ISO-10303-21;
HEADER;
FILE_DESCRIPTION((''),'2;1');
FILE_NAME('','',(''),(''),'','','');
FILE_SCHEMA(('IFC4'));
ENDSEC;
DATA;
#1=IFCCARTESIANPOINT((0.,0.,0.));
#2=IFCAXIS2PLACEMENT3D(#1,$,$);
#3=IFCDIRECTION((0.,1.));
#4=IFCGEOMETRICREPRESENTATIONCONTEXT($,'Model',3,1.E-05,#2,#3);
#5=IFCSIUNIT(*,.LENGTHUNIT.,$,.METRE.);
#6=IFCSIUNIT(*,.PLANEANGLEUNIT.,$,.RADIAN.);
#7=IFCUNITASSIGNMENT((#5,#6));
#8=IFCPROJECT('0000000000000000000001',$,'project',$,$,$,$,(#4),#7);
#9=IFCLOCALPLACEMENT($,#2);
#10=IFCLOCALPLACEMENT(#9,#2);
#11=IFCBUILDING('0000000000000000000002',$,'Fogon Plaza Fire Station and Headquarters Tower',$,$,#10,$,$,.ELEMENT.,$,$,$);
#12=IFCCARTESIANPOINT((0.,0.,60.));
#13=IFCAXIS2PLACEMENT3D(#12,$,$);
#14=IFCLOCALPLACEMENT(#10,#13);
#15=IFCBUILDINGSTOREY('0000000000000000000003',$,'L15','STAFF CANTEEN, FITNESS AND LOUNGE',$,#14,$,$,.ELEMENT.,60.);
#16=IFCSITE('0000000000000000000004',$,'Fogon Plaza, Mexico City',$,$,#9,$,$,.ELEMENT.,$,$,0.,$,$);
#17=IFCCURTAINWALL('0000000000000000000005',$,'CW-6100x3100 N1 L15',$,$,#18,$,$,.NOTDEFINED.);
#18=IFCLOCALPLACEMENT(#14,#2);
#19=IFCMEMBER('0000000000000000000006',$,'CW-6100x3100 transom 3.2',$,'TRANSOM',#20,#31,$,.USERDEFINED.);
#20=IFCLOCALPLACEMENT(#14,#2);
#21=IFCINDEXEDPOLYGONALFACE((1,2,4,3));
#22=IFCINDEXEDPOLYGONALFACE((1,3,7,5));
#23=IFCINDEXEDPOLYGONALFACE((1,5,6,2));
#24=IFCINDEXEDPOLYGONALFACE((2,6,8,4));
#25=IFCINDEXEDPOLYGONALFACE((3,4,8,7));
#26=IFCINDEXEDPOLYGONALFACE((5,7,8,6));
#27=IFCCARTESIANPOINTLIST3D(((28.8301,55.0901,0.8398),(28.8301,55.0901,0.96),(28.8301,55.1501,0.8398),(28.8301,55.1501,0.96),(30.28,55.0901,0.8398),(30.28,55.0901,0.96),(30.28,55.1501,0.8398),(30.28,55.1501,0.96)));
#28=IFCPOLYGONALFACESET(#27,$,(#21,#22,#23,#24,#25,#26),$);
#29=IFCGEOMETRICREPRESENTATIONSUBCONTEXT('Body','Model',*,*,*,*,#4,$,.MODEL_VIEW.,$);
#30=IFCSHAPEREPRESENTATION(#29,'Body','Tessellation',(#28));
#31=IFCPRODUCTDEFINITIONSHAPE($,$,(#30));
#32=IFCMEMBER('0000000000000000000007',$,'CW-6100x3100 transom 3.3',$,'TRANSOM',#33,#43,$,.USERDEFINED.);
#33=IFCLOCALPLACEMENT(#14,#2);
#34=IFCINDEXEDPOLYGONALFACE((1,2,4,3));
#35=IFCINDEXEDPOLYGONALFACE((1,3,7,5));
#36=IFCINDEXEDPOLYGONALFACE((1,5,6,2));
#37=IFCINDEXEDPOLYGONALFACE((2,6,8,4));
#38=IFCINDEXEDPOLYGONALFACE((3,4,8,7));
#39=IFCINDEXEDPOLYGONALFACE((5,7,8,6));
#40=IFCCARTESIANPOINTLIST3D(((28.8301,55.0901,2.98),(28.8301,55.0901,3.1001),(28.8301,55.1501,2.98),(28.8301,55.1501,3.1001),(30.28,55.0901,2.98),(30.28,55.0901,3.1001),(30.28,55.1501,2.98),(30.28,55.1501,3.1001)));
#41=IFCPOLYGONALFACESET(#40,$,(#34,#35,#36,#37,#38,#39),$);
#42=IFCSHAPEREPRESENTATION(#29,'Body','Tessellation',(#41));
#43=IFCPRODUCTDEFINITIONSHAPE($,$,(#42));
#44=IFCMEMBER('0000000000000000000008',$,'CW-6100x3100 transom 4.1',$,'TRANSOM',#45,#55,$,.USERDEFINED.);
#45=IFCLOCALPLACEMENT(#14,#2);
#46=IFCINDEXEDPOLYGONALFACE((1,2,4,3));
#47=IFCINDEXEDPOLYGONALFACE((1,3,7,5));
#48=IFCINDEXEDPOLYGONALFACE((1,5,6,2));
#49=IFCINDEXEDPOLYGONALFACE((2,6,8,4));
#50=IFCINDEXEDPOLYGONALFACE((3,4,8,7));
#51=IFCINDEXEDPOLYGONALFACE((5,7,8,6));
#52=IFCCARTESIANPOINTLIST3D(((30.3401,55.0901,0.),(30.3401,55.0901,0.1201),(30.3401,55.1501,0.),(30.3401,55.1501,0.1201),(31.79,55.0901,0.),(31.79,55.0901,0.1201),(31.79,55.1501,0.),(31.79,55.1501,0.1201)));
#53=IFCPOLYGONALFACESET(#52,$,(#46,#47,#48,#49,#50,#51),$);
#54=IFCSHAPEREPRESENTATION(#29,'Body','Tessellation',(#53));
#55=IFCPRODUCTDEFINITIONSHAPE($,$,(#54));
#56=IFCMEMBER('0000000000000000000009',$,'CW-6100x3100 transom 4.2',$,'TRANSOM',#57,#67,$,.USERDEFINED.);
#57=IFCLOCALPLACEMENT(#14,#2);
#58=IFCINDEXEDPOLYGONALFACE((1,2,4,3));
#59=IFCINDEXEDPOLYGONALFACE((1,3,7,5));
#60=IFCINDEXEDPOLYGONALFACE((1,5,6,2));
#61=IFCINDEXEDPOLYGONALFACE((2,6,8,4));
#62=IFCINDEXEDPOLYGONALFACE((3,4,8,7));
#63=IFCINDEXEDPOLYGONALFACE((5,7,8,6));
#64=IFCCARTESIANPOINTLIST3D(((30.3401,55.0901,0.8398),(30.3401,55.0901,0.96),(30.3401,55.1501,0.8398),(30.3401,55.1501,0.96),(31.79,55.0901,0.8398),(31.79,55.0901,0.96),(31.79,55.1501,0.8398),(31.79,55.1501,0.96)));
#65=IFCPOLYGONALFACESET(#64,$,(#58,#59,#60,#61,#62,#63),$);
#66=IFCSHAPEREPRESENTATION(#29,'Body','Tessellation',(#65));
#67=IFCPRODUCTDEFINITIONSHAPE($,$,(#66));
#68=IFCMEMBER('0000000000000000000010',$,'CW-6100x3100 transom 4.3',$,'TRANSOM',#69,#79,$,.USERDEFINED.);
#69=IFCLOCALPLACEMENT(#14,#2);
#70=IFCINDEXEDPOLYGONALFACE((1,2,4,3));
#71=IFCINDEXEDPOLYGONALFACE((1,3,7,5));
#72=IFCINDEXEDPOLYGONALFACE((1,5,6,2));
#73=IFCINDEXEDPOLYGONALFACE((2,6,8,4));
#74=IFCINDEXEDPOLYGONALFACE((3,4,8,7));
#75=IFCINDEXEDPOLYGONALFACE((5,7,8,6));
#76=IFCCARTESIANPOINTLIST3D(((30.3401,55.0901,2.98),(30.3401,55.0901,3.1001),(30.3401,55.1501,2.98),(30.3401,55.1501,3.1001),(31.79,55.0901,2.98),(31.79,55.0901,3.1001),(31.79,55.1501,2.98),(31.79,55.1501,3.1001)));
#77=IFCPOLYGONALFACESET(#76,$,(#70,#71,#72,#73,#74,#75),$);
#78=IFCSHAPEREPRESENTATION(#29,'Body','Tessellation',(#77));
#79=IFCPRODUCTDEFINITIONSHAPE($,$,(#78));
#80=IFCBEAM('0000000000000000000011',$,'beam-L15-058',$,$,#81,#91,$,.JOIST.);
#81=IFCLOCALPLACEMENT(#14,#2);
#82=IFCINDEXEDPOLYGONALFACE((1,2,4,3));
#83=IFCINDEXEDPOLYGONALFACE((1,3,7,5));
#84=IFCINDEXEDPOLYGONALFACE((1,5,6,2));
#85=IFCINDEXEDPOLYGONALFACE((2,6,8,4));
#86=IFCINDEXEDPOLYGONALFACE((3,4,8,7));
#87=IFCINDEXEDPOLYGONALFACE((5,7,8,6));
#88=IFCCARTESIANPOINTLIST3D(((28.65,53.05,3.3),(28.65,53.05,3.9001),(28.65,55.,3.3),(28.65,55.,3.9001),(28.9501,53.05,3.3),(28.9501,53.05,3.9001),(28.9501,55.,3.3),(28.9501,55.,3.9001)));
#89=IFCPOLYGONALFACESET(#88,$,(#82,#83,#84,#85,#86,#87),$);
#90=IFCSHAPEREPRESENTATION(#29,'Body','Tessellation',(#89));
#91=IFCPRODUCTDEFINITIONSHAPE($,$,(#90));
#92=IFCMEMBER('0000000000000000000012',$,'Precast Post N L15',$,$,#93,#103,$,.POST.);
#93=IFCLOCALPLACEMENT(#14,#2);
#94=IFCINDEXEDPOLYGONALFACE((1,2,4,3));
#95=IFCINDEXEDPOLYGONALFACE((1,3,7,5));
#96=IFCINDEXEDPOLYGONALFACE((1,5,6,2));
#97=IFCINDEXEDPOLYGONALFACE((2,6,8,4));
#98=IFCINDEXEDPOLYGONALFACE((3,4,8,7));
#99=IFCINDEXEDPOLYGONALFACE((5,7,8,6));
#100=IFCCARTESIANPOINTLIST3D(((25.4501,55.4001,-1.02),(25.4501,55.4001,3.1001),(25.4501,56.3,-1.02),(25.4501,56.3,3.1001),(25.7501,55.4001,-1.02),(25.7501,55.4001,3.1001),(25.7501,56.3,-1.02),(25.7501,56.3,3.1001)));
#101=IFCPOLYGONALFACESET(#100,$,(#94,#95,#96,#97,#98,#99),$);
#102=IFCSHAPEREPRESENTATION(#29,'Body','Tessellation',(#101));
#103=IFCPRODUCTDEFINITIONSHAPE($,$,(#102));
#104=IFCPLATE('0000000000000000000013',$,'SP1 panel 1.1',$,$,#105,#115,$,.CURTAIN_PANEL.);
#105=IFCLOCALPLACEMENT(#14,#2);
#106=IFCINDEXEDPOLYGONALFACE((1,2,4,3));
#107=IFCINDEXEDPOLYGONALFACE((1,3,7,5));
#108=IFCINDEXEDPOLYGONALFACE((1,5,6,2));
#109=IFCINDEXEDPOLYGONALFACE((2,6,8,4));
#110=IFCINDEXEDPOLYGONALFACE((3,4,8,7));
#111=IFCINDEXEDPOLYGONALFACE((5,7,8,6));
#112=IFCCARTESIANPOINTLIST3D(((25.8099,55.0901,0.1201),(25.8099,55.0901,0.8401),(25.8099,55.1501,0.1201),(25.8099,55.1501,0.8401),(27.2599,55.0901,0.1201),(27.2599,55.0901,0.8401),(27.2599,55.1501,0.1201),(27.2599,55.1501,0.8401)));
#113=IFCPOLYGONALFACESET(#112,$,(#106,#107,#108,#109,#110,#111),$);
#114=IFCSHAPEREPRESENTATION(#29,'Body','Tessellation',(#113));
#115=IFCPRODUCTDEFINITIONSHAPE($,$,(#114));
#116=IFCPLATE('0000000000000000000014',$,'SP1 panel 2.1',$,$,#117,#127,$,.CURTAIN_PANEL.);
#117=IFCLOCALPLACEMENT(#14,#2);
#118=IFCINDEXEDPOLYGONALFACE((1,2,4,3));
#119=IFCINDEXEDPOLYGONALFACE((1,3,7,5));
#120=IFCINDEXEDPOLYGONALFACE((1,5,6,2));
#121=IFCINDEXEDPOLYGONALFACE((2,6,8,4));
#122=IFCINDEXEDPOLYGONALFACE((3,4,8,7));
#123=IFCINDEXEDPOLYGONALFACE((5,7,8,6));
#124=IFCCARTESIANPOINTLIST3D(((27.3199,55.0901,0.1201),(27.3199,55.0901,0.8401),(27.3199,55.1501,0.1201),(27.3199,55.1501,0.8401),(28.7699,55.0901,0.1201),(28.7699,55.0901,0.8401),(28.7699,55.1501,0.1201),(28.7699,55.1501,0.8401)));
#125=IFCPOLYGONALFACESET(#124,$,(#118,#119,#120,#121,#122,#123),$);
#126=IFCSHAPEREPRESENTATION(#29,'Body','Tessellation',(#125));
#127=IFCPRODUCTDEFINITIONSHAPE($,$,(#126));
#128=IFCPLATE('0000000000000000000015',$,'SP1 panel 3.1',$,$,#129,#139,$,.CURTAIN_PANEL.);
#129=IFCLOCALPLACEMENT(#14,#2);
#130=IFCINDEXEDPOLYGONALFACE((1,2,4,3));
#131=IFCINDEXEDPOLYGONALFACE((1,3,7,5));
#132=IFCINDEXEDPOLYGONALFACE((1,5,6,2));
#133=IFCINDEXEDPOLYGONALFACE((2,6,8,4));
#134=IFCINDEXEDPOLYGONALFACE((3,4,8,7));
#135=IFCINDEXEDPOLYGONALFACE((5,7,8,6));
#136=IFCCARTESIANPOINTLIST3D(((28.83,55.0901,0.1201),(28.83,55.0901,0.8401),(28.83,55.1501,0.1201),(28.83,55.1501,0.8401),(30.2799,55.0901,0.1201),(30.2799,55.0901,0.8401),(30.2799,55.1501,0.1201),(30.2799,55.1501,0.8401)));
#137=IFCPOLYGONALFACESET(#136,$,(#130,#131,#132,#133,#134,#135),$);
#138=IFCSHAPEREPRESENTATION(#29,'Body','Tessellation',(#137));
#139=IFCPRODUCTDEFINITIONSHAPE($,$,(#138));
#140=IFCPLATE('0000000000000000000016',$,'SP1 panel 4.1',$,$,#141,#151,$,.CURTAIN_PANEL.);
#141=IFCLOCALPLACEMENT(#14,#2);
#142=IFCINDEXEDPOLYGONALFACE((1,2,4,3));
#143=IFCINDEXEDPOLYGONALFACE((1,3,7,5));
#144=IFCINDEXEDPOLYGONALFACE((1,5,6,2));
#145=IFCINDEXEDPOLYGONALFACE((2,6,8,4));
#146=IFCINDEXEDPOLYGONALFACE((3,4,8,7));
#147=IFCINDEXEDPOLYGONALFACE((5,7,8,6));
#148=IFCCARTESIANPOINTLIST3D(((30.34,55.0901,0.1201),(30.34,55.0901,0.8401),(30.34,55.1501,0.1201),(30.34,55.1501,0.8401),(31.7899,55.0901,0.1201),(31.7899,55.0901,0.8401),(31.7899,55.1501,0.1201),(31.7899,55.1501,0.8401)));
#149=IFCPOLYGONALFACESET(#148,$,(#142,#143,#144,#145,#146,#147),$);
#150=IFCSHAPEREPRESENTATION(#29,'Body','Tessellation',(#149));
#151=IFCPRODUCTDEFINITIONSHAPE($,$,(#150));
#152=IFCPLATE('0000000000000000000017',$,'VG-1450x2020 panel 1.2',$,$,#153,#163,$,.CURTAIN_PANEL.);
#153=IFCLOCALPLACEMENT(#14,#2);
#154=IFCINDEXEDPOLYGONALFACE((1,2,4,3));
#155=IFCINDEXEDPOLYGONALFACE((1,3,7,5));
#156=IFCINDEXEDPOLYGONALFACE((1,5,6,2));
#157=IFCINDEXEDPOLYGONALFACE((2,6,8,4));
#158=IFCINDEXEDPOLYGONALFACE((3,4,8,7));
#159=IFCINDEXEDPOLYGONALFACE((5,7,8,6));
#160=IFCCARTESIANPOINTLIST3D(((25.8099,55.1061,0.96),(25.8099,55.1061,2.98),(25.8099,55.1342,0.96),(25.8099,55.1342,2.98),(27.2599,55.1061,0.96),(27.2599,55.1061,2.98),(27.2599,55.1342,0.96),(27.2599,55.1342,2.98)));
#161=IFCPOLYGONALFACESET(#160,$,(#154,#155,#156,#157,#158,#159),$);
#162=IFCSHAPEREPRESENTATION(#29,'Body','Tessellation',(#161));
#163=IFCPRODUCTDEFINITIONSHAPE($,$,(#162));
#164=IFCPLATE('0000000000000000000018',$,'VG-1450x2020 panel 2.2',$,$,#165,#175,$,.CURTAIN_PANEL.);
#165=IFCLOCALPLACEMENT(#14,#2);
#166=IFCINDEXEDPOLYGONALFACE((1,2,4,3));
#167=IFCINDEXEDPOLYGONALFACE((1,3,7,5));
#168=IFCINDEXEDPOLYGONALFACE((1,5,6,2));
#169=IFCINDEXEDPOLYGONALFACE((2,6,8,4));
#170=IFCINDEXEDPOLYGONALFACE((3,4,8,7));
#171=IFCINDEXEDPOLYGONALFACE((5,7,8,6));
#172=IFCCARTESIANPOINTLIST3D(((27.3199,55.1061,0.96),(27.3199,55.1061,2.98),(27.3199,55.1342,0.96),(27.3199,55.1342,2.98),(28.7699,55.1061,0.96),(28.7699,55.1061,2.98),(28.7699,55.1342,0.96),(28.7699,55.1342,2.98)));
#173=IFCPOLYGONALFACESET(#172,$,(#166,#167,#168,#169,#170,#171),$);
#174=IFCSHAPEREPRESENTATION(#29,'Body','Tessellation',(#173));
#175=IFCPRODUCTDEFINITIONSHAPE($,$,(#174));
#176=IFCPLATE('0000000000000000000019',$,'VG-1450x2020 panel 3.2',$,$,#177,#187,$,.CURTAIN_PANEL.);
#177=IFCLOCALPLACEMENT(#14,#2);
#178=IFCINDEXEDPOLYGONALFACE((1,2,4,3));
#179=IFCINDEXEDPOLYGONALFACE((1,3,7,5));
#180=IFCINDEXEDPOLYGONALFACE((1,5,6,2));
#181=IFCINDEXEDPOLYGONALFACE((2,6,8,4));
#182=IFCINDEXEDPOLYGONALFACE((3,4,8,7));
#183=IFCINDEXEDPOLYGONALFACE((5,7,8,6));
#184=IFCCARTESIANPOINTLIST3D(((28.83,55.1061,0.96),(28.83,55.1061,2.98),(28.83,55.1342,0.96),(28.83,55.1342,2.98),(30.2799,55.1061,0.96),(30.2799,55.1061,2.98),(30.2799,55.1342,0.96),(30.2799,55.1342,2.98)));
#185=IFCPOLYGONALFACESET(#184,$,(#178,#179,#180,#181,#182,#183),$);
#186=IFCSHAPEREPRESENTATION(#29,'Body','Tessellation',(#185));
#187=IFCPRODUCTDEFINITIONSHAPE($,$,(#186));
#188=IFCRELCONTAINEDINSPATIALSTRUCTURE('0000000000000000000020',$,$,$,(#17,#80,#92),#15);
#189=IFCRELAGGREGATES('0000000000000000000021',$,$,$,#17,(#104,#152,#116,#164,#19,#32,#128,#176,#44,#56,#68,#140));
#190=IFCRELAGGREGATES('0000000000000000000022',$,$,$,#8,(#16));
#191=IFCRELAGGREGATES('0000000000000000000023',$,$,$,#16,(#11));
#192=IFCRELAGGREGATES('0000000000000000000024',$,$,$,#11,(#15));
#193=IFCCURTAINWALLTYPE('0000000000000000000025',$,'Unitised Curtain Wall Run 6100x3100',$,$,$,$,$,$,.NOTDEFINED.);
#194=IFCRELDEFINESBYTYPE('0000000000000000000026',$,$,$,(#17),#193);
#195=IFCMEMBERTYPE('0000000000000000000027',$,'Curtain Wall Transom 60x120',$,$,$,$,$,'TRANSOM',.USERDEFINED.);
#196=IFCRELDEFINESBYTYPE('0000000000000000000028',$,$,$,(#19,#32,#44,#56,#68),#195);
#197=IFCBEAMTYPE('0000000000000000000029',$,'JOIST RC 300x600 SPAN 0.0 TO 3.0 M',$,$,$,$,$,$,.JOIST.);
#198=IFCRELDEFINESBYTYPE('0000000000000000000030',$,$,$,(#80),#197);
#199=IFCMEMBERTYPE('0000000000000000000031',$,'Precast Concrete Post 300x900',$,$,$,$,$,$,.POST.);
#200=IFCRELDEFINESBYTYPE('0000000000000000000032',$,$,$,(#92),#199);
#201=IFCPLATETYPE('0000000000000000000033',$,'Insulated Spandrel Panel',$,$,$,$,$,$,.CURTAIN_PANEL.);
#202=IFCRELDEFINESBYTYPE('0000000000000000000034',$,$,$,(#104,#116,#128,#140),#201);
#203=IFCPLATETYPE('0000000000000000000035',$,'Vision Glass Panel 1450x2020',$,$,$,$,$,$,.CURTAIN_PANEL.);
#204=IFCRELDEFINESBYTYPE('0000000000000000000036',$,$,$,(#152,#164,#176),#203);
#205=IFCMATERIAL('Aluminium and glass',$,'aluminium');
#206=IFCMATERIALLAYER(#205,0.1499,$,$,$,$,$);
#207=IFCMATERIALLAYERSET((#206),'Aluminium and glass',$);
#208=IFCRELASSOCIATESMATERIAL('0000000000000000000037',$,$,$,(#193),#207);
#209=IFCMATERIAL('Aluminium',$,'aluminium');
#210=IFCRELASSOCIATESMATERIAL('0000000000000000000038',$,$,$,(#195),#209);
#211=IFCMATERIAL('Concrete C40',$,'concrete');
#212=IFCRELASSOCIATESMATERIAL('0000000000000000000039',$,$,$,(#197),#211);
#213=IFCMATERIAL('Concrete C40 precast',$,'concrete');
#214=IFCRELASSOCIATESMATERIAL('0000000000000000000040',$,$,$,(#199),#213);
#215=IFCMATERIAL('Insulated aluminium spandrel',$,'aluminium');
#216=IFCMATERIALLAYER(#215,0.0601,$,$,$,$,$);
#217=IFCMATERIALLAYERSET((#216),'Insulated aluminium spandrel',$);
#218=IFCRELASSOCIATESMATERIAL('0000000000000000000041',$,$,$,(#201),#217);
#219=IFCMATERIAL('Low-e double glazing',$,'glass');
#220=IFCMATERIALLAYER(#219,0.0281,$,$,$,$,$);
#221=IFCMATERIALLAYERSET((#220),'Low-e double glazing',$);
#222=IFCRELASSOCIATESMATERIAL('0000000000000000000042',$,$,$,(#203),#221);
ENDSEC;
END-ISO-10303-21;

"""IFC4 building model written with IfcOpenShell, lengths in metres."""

from ifc_helpers import new_model, si_unit, direction, frame, origin, origin_2d, place, context, subcontext, project, spatial, rectangle, extrude, material, layer, layer_set, material_profile, profile_set, type_object, element, aggregate, save


model = new_model("IFC4")

# Units and contexts
model_context = context("Model", 3, precision=1e-05, world=origin(), true_north=direction((0.0, 1.0)))
body_context = subcontext(model_context, "Body", "Model", "MODEL_VIEW")
ifc_project = project(units=[si_unit("LENGTHUNIT", "METRE"), si_unit("PLANEANGLEUNIT", "RADIAN")], contexts=[model_context])

# Site, building, storey
site_placement = place(None, origin())
site = spatial("IfcSite", under=ifc_project, at=site_placement, Name="Fogon Plaza, Mexico City", CompositionType="ELEMENT", RefElevation=0.0)
building_placement = place(site_placement, origin())
building = spatial("IfcBuilding", under=site, at=building_placement, Name="Fogon Plaza Fire Station and Headquarters Tower", CompositionType="ELEMENT")
storey_placement = place(building_placement, frame((0.0, 0.0, 60.0)))
storey = spatial("IfcBuildingStorey", under=building, at=storey_placement, Name="L15", Description="STAFF CANTEEN, FITNESS AND LOUNGE", CompositionType="ELEMENT", Elevation=60.0)

# Curtain wall, members
ifc_material_1 = material(Name="Aluminium and glass", Category="aluminium")
ifc_layer_1 = layer(ifc_material_1, 0.1499)
ifc_layer_set_1 = layer_set([ifc_layer_1], Name="Aluminium and glass")
curtain_wall_type = type_object("IfcCurtainWallType", Name="Unitised Curtain Wall Run 6100x3100", PredefinedType="NOTDEFINED", material=ifc_layer_set_1)
curtain_wall_placement = place(storey_placement, origin())
curtain_wall = element("IfcCurtainWall", 1, at=curtain_wall_placement, inside=storey, type_object=curtain_wall_type, Name="CW-6100x3100 N1 L15", PredefinedType="NOTDEFINED")
ifc_material_2 = material(Name="Aluminium", Category="aluminium")
ifc_material_profile_1 = material_profile(ifc_material_2, rectangle(XDim=0.0601, YDim=0.1201, at=origin_2d()), Name="Curtain Wall Transom 60x120")
ifc_profile_set_1 = profile_set([ifc_material_profile_1], Name="Aluminium")
member_type_1 = type_object("IfcMemberType", Name="Curtain Wall Transom 60x120", ElementType="TRANSOM", PredefinedType="USERDEFINED", material=ifc_profile_set_1)
member_1_placement = place(storey_placement, frame((28.8301, 55.1201, 0.8999), z_axis=(1.0, 0.0, 0.0), x_axis=(0.0, 1.0, 0.0)))
member_1 = element("IfcMember", 2, at=member_1_placement, type_object=member_type_1, Name="CW-6100x3100 transom 3.2", ObjectType="TRANSOM", PredefinedType="USERDEFINED", context=body_context, shape_type="SweptSolid", body=[
    extrude(rectangle(XDim=0.0601, YDim=0.1201, at=origin_2d()), origin(), (0.0, 0.0, 1.0), 1.45),
])
member_2_placement = place(storey_placement, frame((28.8301, 55.1201, 3.04), z_axis=(1.0, 0.0, 0.0), x_axis=(0.0, 1.0, 0.0)))
member_2 = element("IfcMember", 3, at=member_2_placement, type_object=member_type_1, Name="CW-6100x3100 transom 3.3", ObjectType="TRANSOM", PredefinedType="USERDEFINED", context=body_context, shape_type="SweptSolid", body=[
    extrude(rectangle(XDim=0.0601, YDim=0.1201, at=origin_2d()), origin(), (0.0, 0.0, 1.0), 1.45),
])
member_3_placement = place(storey_placement, frame((30.3401, 55.1201, 0.0601), z_axis=(1.0, 0.0, 0.0), x_axis=(0.0, 1.0, 0.0)))
member_3 = element("IfcMember", 4, at=member_3_placement, type_object=member_type_1, Name="CW-6100x3100 transom 4.1", ObjectType="TRANSOM", PredefinedType="USERDEFINED", context=body_context, shape_type="SweptSolid", body=[
    extrude(rectangle(XDim=0.0601, YDim=0.1201, at=origin_2d()), origin(), (0.0, 0.0, 1.0), 1.45),
])
member_4_placement = place(storey_placement, frame((30.3401, 55.1201, 0.8999), z_axis=(1.0, 0.0, 0.0), x_axis=(0.0, 1.0, 0.0)))
member_4 = element("IfcMember", 5, at=member_4_placement, type_object=member_type_1, Name="CW-6100x3100 transom 4.2", ObjectType="TRANSOM", PredefinedType="USERDEFINED", context=body_context, shape_type="SweptSolid", body=[
    extrude(rectangle(XDim=0.0601, YDim=0.1201, at=origin_2d()), origin(), (0.0, 0.0, 1.0), 1.45),
])
member_5_placement = place(storey_placement, frame((30.3401, 55.1201, 3.04), z_axis=(1.0, 0.0, 0.0), x_axis=(0.0, 1.0, 0.0)))
member_5 = element("IfcMember", 6, at=member_5_placement, type_object=member_type_1, Name="CW-6100x3100 transom 4.3", ObjectType="TRANSOM", PredefinedType="USERDEFINED", context=body_context, shape_type="SweptSolid", body=[
    extrude(rectangle(XDim=0.0601, YDim=0.1201, at=origin_2d()), origin(), (0.0, 0.0, 1.0), 1.45),
])

# Beam
ifc_material_3 = material(Name="Concrete C40", Category="concrete")
ifc_material_profile_2 = material_profile(ifc_material_3, rectangle(XDim=0.3, YDim=0.6001, at=origin_2d()), Name="RC 300x600")
ifc_profile_set_2 = profile_set([ifc_material_profile_2], Name="Concrete C40")
beam_type_1 = type_object("IfcBeamType", Name="JOIST RC 300x600 SPAN 0.0 TO 3.0 M", PredefinedType="JOIST", material=ifc_profile_set_2)
beam_1_placement = place(storey_placement, frame((28.8, 53.05, 3.6001), z_axis=(0.0, 1.0, 0.0), x_axis=(-1.0, 0.0, 0.0)))
element("IfcBeam", 7, at=beam_1_placement, inside=storey, type_object=beam_type_1, Name="beam-L15-058", PredefinedType="JOIST", context=body_context, shape_type="SweptSolid", body=[
    extrude(rectangle(XDim=0.3, YDim=0.6001, at=origin_2d()), origin(), (0.0, 0.0, 1.0), 1.95),
])

# Member
ifc_material_4 = material(Name="Concrete C40 precast", Category="concrete")
ifc_material_profile_3 = material_profile(ifc_material_4, rectangle(XDim=0.3, YDim=0.8999, at=origin_2d()), Name="Precast Concrete Post 300x900")
ifc_profile_set_3 = profile_set([ifc_material_profile_3], Name="Concrete C40 precast")
member_type_2 = type_object("IfcMemberType", Name="Precast Concrete Post 300x900", PredefinedType="POST", material=ifc_profile_set_3)
member_6_placement = place(storey_placement, frame((25.6001, 55.8501, -1.02), z_axis=(0.0, 0.0, 1.0), x_axis=(1.0, 0.0, 0.0)))
element("IfcMember", 8, at=member_6_placement, inside=storey, type_object=member_type_2, Name="Precast Post N L15", PredefinedType="POST", context=body_context, shape_type="SweptSolid", body=[
    extrude(rectangle(XDim=0.3, YDim=0.8999, at=origin_2d()), origin(), (0.0, 0.0, 1.0), 4.1201),
])

# Plates
ifc_material_5 = material(Name="Insulated aluminium spandrel", Category="aluminium")
ifc_layer_2 = layer(ifc_material_5, 0.0601)
ifc_layer_set_2 = layer_set([ifc_layer_2], Name="Insulated aluminium spandrel")
plate_type_1 = type_object("IfcPlateType", Name="Insulated Spandrel Panel", PredefinedType="CURTAIN_PANEL", material=ifc_layer_set_2)
plate_1_placement = place(storey_placement, frame((26.5349, 55.1201, 0.1201), z_axis=(0.0, 0.0, 1.0), x_axis=(1.0, 0.0, 0.0)))
plate_1 = element("IfcPlate", 9, at=plate_1_placement, type_object=plate_type_1, Name="SP1 panel 1.1", PredefinedType="CURTAIN_PANEL", context=body_context, shape_type="SweptSolid", body=[
    extrude(rectangle(XDim=1.45, YDim=0.0601, at=origin_2d()), origin(), (0.0, 0.0, 1.0), 0.72),
])
plate_2_placement = place(storey_placement, frame((28.0449, 55.1201, 0.1201), z_axis=(0.0, 0.0, 1.0), x_axis=(1.0, 0.0, 0.0)))
plate_2 = element("IfcPlate", 10, at=plate_2_placement, type_object=plate_type_1, Name="SP1 panel 2.1", PredefinedType="CURTAIN_PANEL", context=body_context, shape_type="SweptSolid", body=[
    extrude(rectangle(XDim=1.45, YDim=0.0601, at=origin_2d()), origin(), (0.0, 0.0, 1.0), 0.72),
])
plate_3_placement = place(storey_placement, frame((29.5549, 55.1201, 0.1201), z_axis=(0.0, 0.0, 1.0), x_axis=(1.0, 0.0, 0.0)))
plate_3 = element("IfcPlate", 11, at=plate_3_placement, type_object=plate_type_1, Name="SP1 panel 3.1", PredefinedType="CURTAIN_PANEL", context=body_context, shape_type="SweptSolid", body=[
    extrude(rectangle(XDim=1.45, YDim=0.0601, at=origin_2d()), origin(), (0.0, 0.0, 1.0), 0.72),
])
plate_4_placement = place(storey_placement, frame((31.0649, 55.1201, 0.1201), z_axis=(0.0, 0.0, 1.0), x_axis=(1.0, 0.0, 0.0)))
plate_4 = element("IfcPlate", 12, at=plate_4_placement, type_object=plate_type_1, Name="SP1 panel 4.1", PredefinedType="CURTAIN_PANEL", context=body_context, shape_type="SweptSolid", body=[
    extrude(rectangle(XDim=1.45, YDim=0.0601, at=origin_2d()), origin(), (0.0, 0.0, 1.0), 0.72),
])
ifc_material_6 = material(Name="Low-e double glazing", Category="glass")
ifc_layer_3 = layer(ifc_material_6, 0.0281)
ifc_layer_set_3 = layer_set([ifc_layer_3], Name="Low-e double glazing")
plate_type_2 = type_object("IfcPlateType", Name="Vision Glass Panel 1450x2020", PredefinedType="CURTAIN_PANEL", material=ifc_layer_set_3)
plate_5_placement = place(storey_placement, frame((26.5349, 55.1201, 0.96), z_axis=(0.0, 0.0, 1.0), x_axis=(1.0, 0.0, 0.0)))
plate_5 = element("IfcPlate", 13, at=plate_5_placement, type_object=plate_type_2, Name="VG-1450x2020 panel 1.2", PredefinedType="CURTAIN_PANEL", context=body_context, shape_type="SweptSolid", body=[
    extrude(rectangle(XDim=1.45, YDim=0.0281, at=origin_2d()), origin(), (0.0, 0.0, 1.0), 2.02),
])
plate_6_placement = place(storey_placement, frame((28.0449, 55.1201, 0.96), z_axis=(0.0, 0.0, 1.0), x_axis=(1.0, 0.0, 0.0)))
plate_6 = element("IfcPlate", 14, at=plate_6_placement, type_object=plate_type_2, Name="VG-1450x2020 panel 2.2", PredefinedType="CURTAIN_PANEL", context=body_context, shape_type="SweptSolid", body=[
    extrude(rectangle(XDim=1.45, YDim=0.0281, at=origin_2d()), origin(), (0.0, 0.0, 1.0), 2.02),
])
plate_7_placement = place(storey_placement, frame((29.5549, 55.1201, 0.96), z_axis=(0.0, 0.0, 1.0), x_axis=(1.0, 0.0, 0.0)))
plate_7 = element("IfcPlate", 15, at=plate_7_placement, type_object=plate_type_2, Name="VG-1450x2020 panel 3.2", PredefinedType="CURTAIN_PANEL", context=body_context, shape_type="SweptSolid", body=[
    extrude(rectangle(XDim=1.45, YDim=0.0281, at=origin_2d()), origin(), (0.0, 0.0, 1.0), 2.02),
])
aggregate(curtain_wall, [plate_1, plate_5, plate_2, plate_6, member_1, member_2, plate_3, plate_7, member_3, member_4, member_5, plate_4])

save(model, "model.ifc")
